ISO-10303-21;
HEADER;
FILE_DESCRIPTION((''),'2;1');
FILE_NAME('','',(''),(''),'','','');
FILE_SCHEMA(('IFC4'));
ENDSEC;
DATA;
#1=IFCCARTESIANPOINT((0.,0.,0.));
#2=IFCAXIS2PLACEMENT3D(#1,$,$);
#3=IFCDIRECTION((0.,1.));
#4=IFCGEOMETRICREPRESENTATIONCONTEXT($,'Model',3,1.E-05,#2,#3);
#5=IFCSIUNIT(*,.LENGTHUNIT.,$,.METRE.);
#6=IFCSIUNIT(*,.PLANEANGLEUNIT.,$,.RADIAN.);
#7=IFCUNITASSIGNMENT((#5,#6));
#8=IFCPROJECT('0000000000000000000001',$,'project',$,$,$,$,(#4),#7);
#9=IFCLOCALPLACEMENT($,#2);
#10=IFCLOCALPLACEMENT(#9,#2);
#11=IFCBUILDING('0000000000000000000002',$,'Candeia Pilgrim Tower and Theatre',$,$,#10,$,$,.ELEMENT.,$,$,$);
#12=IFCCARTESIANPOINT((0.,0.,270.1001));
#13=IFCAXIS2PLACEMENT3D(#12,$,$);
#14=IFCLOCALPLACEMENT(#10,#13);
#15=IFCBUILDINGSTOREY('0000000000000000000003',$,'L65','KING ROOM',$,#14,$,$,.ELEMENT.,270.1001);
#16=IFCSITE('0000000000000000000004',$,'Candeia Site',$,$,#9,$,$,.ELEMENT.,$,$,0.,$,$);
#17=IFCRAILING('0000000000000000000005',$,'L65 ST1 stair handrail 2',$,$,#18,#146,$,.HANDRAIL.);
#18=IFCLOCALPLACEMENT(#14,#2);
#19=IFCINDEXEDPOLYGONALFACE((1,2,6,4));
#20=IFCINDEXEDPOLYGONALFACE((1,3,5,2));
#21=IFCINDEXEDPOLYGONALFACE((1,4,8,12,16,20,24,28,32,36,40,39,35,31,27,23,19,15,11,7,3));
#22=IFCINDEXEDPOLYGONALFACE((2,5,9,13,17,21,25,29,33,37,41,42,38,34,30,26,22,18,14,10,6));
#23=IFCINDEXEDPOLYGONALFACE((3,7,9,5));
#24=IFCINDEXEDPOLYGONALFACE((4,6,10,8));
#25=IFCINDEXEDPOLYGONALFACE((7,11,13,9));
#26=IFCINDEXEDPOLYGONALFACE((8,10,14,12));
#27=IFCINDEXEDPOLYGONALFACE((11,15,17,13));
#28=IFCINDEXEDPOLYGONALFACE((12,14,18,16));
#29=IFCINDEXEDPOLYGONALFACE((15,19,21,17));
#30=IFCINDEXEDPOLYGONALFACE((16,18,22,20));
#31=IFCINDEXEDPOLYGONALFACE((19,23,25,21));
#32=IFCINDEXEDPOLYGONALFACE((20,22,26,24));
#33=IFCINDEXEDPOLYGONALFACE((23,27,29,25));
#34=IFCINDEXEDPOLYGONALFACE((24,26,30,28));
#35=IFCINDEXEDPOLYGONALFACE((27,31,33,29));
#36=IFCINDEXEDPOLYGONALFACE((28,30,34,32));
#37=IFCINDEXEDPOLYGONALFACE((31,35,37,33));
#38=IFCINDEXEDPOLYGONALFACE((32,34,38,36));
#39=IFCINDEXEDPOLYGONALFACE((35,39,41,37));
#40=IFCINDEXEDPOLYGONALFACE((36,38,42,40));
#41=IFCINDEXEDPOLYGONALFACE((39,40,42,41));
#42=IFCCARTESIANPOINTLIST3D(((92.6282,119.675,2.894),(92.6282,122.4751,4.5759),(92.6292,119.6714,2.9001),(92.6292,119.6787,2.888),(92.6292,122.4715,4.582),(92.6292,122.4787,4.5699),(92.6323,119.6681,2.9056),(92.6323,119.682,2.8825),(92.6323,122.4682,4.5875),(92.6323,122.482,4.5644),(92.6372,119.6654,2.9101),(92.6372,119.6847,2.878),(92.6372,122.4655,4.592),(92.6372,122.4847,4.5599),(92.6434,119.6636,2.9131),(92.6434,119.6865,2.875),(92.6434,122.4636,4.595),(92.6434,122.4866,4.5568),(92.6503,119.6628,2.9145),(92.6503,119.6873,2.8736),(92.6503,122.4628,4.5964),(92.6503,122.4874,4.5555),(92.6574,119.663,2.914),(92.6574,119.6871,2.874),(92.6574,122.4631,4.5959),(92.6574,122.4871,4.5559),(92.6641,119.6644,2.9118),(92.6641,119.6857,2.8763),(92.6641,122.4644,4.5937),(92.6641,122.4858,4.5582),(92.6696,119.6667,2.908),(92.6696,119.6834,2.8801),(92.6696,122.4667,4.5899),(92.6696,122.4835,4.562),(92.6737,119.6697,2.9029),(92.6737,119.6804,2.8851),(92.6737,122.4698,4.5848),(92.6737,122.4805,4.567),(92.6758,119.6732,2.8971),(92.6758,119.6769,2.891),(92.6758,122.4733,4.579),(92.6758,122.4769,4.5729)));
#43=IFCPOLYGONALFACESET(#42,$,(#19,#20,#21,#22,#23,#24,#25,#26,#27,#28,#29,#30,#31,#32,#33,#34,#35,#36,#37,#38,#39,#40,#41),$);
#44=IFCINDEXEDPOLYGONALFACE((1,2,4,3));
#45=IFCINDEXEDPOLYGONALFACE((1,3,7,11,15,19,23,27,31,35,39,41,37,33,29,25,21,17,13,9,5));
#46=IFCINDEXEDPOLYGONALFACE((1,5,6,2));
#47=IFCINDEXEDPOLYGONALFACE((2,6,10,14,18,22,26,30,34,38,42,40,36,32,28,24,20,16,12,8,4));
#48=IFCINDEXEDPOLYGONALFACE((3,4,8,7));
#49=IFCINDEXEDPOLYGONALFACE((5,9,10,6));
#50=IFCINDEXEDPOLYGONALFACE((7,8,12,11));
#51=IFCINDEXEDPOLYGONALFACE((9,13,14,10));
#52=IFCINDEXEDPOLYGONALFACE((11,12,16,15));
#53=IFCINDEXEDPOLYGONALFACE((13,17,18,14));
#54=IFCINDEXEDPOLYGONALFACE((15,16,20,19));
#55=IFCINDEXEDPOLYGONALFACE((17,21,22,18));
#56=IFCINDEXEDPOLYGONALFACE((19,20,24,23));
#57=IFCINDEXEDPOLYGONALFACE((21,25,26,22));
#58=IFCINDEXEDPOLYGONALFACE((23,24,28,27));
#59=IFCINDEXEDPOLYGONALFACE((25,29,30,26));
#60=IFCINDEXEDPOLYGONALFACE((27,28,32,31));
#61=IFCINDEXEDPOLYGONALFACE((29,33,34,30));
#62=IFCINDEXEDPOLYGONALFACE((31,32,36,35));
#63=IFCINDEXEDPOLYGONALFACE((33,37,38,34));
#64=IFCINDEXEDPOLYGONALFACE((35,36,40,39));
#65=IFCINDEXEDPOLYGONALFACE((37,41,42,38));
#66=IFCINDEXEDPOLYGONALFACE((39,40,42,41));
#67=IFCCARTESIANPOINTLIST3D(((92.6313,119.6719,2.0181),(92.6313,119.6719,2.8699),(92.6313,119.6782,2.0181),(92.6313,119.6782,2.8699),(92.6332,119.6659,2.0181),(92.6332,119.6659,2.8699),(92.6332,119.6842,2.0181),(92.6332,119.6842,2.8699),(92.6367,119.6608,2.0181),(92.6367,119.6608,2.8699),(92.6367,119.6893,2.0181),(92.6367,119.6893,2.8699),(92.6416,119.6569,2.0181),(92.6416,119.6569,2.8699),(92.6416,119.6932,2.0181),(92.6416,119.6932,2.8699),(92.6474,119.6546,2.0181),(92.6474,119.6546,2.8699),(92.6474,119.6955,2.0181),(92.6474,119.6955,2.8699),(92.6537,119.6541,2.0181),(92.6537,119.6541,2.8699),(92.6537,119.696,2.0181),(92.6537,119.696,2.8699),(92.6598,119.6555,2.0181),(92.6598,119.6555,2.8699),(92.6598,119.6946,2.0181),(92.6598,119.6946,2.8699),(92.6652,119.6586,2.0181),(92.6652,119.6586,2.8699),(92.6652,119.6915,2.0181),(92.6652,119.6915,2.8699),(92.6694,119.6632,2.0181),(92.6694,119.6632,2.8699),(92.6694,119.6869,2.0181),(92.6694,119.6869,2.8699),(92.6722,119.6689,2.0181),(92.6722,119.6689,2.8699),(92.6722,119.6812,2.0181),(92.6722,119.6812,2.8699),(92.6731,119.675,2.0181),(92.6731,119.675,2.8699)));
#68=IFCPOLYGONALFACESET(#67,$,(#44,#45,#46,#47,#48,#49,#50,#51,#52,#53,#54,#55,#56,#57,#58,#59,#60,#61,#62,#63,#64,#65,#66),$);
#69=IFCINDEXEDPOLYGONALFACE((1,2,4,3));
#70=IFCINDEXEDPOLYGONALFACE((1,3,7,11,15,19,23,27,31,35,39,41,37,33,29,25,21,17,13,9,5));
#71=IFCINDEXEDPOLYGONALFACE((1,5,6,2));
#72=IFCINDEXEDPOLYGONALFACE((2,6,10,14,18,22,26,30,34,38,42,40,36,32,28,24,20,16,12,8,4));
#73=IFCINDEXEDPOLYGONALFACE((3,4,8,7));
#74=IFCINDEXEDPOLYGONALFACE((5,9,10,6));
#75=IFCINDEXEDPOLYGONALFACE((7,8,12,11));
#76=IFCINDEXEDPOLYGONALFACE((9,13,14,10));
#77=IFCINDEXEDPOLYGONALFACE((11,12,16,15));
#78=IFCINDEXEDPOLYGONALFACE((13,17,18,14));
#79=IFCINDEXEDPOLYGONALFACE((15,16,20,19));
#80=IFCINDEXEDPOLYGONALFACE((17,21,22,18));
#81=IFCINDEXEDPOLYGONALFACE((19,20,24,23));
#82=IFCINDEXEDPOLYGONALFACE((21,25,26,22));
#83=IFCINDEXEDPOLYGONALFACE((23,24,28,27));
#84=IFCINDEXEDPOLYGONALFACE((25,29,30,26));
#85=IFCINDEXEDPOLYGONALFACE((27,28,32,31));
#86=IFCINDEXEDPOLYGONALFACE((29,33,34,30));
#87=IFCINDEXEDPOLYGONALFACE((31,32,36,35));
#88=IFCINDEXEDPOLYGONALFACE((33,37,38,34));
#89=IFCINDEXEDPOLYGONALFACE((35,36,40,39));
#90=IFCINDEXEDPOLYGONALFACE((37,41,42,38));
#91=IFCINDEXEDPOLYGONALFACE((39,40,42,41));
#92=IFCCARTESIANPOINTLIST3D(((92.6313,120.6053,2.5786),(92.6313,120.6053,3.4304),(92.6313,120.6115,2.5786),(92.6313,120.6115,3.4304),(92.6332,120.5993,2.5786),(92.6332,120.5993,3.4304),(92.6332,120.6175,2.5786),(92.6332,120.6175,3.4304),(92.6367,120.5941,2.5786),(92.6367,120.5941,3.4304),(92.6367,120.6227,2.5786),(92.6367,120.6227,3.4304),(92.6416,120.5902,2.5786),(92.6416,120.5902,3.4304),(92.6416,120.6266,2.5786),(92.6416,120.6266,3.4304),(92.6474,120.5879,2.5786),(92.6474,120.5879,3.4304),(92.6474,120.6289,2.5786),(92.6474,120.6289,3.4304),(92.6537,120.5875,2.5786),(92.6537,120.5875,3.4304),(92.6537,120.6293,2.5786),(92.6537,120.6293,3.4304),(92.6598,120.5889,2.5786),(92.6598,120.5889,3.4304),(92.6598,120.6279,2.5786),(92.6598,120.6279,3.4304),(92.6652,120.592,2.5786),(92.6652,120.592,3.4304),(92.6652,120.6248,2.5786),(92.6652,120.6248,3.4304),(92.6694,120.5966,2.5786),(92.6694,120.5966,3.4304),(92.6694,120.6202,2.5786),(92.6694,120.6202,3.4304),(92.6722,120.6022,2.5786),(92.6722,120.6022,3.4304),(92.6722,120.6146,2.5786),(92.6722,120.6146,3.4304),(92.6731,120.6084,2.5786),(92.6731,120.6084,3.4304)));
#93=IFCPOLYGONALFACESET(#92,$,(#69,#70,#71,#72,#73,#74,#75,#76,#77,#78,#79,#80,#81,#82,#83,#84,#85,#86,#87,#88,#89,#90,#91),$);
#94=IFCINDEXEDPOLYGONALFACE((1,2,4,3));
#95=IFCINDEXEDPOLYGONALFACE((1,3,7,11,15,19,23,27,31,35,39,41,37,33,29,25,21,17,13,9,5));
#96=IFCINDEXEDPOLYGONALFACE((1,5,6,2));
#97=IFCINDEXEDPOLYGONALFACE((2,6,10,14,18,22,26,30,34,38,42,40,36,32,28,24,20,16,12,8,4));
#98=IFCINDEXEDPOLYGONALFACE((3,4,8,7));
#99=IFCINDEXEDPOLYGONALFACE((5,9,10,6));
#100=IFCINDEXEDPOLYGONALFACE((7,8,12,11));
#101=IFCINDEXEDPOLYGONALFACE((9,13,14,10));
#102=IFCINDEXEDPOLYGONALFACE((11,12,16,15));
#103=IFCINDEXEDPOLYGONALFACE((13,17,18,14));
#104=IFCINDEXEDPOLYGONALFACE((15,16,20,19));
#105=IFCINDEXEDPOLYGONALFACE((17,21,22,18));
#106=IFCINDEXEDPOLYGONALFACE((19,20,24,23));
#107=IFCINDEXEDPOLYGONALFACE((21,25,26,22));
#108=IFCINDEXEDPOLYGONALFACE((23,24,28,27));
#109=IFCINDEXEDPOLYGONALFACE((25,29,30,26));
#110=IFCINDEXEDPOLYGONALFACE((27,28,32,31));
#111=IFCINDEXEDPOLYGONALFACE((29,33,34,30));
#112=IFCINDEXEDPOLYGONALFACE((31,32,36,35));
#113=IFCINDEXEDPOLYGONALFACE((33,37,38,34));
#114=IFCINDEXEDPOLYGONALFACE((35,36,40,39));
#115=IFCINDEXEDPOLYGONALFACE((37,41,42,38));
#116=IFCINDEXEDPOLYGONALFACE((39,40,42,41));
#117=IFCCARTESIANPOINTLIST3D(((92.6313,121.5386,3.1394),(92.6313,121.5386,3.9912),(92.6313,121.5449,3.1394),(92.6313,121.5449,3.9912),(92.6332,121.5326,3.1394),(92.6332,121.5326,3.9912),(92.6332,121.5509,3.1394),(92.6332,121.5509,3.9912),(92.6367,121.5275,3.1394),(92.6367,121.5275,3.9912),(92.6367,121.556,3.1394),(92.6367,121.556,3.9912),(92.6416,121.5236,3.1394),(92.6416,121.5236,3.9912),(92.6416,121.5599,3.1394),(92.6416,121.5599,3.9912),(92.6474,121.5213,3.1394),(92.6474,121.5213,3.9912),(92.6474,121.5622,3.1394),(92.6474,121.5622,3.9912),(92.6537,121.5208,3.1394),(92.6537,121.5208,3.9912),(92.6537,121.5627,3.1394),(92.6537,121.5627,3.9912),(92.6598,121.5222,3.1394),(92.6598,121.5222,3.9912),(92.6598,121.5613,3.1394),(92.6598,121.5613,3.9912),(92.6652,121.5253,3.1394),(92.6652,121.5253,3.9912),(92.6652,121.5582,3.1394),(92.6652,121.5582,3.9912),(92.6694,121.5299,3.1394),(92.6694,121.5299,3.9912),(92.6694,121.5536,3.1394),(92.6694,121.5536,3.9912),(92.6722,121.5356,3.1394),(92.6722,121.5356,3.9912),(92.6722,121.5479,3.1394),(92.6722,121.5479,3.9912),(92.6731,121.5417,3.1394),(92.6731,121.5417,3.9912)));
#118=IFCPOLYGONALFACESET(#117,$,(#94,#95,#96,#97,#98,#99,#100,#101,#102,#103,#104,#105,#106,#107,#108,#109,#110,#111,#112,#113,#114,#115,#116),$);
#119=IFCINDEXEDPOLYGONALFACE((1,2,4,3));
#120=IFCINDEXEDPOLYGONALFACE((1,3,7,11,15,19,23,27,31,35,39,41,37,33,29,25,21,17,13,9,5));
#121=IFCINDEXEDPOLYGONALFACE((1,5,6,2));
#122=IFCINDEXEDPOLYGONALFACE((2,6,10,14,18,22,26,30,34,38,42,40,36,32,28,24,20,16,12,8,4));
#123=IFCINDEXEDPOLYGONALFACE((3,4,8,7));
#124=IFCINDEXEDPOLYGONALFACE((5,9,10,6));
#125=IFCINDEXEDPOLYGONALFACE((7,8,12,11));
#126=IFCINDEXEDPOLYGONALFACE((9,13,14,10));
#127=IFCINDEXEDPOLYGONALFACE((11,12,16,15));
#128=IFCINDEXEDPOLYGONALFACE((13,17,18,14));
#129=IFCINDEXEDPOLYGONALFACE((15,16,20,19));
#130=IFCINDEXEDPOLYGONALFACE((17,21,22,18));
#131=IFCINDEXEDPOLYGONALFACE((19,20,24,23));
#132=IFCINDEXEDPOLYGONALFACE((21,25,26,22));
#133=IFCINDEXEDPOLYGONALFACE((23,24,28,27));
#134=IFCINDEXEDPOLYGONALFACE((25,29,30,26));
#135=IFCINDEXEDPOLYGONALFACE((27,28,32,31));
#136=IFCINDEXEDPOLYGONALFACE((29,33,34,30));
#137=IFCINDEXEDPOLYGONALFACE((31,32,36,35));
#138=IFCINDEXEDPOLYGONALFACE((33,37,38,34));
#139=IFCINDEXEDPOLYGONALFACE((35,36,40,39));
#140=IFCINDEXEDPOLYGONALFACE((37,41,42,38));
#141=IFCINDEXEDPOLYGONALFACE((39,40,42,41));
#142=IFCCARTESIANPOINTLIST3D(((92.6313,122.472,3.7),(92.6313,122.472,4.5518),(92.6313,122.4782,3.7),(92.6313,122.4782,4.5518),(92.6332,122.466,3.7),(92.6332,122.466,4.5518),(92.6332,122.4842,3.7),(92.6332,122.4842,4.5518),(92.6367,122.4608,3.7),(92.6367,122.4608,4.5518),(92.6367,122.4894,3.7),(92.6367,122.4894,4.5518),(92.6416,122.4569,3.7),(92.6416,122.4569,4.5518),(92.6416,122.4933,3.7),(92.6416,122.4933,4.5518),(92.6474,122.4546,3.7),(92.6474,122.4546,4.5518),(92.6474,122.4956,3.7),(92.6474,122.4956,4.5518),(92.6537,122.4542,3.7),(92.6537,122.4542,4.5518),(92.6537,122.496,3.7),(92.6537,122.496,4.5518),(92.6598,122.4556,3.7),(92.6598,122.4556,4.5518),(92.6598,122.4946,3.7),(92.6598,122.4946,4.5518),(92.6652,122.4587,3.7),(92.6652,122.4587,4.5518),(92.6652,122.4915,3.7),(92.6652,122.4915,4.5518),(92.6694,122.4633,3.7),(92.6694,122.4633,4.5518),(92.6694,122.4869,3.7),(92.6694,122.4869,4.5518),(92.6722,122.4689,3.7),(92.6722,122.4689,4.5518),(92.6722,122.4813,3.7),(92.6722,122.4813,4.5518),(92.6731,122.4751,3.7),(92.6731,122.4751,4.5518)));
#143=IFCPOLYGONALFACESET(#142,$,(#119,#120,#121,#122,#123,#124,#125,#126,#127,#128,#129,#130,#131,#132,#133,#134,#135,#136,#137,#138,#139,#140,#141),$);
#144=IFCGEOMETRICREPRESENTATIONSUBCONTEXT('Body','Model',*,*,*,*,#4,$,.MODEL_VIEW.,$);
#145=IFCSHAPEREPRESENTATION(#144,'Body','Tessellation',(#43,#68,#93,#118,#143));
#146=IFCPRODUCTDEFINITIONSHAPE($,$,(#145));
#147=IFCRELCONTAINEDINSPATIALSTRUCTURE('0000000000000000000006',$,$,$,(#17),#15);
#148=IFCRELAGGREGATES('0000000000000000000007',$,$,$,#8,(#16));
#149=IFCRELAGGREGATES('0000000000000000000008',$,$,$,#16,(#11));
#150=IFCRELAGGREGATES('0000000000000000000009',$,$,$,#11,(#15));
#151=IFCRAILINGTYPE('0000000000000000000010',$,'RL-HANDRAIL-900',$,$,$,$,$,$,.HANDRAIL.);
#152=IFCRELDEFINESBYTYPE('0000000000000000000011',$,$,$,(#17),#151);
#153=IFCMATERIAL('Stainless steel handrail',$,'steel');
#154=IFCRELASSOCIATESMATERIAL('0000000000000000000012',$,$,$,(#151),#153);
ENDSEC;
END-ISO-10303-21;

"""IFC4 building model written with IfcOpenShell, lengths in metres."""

from ifc_helpers import new_model, si_unit, direction, frame, origin, origin_2d, place, context, subcontext, project, spatial, circle, extrude, material, type_object, element, save


model = new_model("IFC4")

# Units and contexts
model_context = context("Model", 3, precision=1e-05, world=origin(), true_north=direction((0.0, 1.0)))
body_context = subcontext(model_context, "Body", "Model", "MODEL_VIEW")
ifc_project = project(units=[si_unit("LENGTHUNIT", "METRE"), si_unit("PLANEANGLEUNIT", "RADIAN")], contexts=[model_context])

# Site, building, storey
site_placement = place(None, origin())
site = spatial("IfcSite", under=ifc_project, at=site_placement, Name="Candeia Site", CompositionType="ELEMENT", RefElevation=0.0)
building_placement = place(site_placement, origin())
building = spatial("IfcBuilding", under=site, at=building_placement, Name="Candeia Pilgrim Tower and Theatre", CompositionType="ELEMENT")
storey_placement = place(building_placement, frame((0.0, 0.0, 270.1001)))
storey = spatial("IfcBuildingStorey", under=building, at=storey_placement, Name="L65", Description="KING ROOM", CompositionType="ELEMENT", Elevation=270.1001)

# Railing
ifc_material_1 = material(Name="Stainless steel handrail", Category="steel")
railing_type_1 = type_object("IfcRailingType", Name="RL-HANDRAIL-900", PredefinedType="HANDRAIL", material=ifc_material_1)
railing_1_placement = place(storey_placement, frame((92.6521, 119.675, 2.0181)))
element("IfcRailing", 1, at=railing_1_placement, inside=storey, type_object=railing_type_1, Name="L65 ST1 stair handrail 2", PredefinedType="HANDRAIL", context=body_context, shape_type="SweptSolid", body=[
    extrude(circle(Radius=0.0239, at=origin_2d()), frame((0.0, 0.0, 0.876), z_axis=(0.0, 0.857242, 0.514913), x_axis=(-1.0, 0.0, 0.0)), (0.0, 0.0, 1.0), 3.2664),
    extrude(circle(Radius=0.021, at=origin_2d()), origin(), (0.0, 0.0, 1.0), 0.8518),
    extrude(circle(Radius=0.021, at=origin_2d()), frame((0.0, 0.9333, 0.5605)), (0.0, 0.0, 1.0), 0.8518),
    extrude(circle(Radius=0.021, at=origin_2d()), frame((0.0, 1.8667, 1.1213)), (0.0, 0.0, 1.0), 0.8518),
    extrude(circle(Radius=0.021, at=origin_2d()), frame((0.0, 2.8, 1.6819)), (0.0, 0.0, 1.0), 0.8518),
])

save(model, "model.ifc")
